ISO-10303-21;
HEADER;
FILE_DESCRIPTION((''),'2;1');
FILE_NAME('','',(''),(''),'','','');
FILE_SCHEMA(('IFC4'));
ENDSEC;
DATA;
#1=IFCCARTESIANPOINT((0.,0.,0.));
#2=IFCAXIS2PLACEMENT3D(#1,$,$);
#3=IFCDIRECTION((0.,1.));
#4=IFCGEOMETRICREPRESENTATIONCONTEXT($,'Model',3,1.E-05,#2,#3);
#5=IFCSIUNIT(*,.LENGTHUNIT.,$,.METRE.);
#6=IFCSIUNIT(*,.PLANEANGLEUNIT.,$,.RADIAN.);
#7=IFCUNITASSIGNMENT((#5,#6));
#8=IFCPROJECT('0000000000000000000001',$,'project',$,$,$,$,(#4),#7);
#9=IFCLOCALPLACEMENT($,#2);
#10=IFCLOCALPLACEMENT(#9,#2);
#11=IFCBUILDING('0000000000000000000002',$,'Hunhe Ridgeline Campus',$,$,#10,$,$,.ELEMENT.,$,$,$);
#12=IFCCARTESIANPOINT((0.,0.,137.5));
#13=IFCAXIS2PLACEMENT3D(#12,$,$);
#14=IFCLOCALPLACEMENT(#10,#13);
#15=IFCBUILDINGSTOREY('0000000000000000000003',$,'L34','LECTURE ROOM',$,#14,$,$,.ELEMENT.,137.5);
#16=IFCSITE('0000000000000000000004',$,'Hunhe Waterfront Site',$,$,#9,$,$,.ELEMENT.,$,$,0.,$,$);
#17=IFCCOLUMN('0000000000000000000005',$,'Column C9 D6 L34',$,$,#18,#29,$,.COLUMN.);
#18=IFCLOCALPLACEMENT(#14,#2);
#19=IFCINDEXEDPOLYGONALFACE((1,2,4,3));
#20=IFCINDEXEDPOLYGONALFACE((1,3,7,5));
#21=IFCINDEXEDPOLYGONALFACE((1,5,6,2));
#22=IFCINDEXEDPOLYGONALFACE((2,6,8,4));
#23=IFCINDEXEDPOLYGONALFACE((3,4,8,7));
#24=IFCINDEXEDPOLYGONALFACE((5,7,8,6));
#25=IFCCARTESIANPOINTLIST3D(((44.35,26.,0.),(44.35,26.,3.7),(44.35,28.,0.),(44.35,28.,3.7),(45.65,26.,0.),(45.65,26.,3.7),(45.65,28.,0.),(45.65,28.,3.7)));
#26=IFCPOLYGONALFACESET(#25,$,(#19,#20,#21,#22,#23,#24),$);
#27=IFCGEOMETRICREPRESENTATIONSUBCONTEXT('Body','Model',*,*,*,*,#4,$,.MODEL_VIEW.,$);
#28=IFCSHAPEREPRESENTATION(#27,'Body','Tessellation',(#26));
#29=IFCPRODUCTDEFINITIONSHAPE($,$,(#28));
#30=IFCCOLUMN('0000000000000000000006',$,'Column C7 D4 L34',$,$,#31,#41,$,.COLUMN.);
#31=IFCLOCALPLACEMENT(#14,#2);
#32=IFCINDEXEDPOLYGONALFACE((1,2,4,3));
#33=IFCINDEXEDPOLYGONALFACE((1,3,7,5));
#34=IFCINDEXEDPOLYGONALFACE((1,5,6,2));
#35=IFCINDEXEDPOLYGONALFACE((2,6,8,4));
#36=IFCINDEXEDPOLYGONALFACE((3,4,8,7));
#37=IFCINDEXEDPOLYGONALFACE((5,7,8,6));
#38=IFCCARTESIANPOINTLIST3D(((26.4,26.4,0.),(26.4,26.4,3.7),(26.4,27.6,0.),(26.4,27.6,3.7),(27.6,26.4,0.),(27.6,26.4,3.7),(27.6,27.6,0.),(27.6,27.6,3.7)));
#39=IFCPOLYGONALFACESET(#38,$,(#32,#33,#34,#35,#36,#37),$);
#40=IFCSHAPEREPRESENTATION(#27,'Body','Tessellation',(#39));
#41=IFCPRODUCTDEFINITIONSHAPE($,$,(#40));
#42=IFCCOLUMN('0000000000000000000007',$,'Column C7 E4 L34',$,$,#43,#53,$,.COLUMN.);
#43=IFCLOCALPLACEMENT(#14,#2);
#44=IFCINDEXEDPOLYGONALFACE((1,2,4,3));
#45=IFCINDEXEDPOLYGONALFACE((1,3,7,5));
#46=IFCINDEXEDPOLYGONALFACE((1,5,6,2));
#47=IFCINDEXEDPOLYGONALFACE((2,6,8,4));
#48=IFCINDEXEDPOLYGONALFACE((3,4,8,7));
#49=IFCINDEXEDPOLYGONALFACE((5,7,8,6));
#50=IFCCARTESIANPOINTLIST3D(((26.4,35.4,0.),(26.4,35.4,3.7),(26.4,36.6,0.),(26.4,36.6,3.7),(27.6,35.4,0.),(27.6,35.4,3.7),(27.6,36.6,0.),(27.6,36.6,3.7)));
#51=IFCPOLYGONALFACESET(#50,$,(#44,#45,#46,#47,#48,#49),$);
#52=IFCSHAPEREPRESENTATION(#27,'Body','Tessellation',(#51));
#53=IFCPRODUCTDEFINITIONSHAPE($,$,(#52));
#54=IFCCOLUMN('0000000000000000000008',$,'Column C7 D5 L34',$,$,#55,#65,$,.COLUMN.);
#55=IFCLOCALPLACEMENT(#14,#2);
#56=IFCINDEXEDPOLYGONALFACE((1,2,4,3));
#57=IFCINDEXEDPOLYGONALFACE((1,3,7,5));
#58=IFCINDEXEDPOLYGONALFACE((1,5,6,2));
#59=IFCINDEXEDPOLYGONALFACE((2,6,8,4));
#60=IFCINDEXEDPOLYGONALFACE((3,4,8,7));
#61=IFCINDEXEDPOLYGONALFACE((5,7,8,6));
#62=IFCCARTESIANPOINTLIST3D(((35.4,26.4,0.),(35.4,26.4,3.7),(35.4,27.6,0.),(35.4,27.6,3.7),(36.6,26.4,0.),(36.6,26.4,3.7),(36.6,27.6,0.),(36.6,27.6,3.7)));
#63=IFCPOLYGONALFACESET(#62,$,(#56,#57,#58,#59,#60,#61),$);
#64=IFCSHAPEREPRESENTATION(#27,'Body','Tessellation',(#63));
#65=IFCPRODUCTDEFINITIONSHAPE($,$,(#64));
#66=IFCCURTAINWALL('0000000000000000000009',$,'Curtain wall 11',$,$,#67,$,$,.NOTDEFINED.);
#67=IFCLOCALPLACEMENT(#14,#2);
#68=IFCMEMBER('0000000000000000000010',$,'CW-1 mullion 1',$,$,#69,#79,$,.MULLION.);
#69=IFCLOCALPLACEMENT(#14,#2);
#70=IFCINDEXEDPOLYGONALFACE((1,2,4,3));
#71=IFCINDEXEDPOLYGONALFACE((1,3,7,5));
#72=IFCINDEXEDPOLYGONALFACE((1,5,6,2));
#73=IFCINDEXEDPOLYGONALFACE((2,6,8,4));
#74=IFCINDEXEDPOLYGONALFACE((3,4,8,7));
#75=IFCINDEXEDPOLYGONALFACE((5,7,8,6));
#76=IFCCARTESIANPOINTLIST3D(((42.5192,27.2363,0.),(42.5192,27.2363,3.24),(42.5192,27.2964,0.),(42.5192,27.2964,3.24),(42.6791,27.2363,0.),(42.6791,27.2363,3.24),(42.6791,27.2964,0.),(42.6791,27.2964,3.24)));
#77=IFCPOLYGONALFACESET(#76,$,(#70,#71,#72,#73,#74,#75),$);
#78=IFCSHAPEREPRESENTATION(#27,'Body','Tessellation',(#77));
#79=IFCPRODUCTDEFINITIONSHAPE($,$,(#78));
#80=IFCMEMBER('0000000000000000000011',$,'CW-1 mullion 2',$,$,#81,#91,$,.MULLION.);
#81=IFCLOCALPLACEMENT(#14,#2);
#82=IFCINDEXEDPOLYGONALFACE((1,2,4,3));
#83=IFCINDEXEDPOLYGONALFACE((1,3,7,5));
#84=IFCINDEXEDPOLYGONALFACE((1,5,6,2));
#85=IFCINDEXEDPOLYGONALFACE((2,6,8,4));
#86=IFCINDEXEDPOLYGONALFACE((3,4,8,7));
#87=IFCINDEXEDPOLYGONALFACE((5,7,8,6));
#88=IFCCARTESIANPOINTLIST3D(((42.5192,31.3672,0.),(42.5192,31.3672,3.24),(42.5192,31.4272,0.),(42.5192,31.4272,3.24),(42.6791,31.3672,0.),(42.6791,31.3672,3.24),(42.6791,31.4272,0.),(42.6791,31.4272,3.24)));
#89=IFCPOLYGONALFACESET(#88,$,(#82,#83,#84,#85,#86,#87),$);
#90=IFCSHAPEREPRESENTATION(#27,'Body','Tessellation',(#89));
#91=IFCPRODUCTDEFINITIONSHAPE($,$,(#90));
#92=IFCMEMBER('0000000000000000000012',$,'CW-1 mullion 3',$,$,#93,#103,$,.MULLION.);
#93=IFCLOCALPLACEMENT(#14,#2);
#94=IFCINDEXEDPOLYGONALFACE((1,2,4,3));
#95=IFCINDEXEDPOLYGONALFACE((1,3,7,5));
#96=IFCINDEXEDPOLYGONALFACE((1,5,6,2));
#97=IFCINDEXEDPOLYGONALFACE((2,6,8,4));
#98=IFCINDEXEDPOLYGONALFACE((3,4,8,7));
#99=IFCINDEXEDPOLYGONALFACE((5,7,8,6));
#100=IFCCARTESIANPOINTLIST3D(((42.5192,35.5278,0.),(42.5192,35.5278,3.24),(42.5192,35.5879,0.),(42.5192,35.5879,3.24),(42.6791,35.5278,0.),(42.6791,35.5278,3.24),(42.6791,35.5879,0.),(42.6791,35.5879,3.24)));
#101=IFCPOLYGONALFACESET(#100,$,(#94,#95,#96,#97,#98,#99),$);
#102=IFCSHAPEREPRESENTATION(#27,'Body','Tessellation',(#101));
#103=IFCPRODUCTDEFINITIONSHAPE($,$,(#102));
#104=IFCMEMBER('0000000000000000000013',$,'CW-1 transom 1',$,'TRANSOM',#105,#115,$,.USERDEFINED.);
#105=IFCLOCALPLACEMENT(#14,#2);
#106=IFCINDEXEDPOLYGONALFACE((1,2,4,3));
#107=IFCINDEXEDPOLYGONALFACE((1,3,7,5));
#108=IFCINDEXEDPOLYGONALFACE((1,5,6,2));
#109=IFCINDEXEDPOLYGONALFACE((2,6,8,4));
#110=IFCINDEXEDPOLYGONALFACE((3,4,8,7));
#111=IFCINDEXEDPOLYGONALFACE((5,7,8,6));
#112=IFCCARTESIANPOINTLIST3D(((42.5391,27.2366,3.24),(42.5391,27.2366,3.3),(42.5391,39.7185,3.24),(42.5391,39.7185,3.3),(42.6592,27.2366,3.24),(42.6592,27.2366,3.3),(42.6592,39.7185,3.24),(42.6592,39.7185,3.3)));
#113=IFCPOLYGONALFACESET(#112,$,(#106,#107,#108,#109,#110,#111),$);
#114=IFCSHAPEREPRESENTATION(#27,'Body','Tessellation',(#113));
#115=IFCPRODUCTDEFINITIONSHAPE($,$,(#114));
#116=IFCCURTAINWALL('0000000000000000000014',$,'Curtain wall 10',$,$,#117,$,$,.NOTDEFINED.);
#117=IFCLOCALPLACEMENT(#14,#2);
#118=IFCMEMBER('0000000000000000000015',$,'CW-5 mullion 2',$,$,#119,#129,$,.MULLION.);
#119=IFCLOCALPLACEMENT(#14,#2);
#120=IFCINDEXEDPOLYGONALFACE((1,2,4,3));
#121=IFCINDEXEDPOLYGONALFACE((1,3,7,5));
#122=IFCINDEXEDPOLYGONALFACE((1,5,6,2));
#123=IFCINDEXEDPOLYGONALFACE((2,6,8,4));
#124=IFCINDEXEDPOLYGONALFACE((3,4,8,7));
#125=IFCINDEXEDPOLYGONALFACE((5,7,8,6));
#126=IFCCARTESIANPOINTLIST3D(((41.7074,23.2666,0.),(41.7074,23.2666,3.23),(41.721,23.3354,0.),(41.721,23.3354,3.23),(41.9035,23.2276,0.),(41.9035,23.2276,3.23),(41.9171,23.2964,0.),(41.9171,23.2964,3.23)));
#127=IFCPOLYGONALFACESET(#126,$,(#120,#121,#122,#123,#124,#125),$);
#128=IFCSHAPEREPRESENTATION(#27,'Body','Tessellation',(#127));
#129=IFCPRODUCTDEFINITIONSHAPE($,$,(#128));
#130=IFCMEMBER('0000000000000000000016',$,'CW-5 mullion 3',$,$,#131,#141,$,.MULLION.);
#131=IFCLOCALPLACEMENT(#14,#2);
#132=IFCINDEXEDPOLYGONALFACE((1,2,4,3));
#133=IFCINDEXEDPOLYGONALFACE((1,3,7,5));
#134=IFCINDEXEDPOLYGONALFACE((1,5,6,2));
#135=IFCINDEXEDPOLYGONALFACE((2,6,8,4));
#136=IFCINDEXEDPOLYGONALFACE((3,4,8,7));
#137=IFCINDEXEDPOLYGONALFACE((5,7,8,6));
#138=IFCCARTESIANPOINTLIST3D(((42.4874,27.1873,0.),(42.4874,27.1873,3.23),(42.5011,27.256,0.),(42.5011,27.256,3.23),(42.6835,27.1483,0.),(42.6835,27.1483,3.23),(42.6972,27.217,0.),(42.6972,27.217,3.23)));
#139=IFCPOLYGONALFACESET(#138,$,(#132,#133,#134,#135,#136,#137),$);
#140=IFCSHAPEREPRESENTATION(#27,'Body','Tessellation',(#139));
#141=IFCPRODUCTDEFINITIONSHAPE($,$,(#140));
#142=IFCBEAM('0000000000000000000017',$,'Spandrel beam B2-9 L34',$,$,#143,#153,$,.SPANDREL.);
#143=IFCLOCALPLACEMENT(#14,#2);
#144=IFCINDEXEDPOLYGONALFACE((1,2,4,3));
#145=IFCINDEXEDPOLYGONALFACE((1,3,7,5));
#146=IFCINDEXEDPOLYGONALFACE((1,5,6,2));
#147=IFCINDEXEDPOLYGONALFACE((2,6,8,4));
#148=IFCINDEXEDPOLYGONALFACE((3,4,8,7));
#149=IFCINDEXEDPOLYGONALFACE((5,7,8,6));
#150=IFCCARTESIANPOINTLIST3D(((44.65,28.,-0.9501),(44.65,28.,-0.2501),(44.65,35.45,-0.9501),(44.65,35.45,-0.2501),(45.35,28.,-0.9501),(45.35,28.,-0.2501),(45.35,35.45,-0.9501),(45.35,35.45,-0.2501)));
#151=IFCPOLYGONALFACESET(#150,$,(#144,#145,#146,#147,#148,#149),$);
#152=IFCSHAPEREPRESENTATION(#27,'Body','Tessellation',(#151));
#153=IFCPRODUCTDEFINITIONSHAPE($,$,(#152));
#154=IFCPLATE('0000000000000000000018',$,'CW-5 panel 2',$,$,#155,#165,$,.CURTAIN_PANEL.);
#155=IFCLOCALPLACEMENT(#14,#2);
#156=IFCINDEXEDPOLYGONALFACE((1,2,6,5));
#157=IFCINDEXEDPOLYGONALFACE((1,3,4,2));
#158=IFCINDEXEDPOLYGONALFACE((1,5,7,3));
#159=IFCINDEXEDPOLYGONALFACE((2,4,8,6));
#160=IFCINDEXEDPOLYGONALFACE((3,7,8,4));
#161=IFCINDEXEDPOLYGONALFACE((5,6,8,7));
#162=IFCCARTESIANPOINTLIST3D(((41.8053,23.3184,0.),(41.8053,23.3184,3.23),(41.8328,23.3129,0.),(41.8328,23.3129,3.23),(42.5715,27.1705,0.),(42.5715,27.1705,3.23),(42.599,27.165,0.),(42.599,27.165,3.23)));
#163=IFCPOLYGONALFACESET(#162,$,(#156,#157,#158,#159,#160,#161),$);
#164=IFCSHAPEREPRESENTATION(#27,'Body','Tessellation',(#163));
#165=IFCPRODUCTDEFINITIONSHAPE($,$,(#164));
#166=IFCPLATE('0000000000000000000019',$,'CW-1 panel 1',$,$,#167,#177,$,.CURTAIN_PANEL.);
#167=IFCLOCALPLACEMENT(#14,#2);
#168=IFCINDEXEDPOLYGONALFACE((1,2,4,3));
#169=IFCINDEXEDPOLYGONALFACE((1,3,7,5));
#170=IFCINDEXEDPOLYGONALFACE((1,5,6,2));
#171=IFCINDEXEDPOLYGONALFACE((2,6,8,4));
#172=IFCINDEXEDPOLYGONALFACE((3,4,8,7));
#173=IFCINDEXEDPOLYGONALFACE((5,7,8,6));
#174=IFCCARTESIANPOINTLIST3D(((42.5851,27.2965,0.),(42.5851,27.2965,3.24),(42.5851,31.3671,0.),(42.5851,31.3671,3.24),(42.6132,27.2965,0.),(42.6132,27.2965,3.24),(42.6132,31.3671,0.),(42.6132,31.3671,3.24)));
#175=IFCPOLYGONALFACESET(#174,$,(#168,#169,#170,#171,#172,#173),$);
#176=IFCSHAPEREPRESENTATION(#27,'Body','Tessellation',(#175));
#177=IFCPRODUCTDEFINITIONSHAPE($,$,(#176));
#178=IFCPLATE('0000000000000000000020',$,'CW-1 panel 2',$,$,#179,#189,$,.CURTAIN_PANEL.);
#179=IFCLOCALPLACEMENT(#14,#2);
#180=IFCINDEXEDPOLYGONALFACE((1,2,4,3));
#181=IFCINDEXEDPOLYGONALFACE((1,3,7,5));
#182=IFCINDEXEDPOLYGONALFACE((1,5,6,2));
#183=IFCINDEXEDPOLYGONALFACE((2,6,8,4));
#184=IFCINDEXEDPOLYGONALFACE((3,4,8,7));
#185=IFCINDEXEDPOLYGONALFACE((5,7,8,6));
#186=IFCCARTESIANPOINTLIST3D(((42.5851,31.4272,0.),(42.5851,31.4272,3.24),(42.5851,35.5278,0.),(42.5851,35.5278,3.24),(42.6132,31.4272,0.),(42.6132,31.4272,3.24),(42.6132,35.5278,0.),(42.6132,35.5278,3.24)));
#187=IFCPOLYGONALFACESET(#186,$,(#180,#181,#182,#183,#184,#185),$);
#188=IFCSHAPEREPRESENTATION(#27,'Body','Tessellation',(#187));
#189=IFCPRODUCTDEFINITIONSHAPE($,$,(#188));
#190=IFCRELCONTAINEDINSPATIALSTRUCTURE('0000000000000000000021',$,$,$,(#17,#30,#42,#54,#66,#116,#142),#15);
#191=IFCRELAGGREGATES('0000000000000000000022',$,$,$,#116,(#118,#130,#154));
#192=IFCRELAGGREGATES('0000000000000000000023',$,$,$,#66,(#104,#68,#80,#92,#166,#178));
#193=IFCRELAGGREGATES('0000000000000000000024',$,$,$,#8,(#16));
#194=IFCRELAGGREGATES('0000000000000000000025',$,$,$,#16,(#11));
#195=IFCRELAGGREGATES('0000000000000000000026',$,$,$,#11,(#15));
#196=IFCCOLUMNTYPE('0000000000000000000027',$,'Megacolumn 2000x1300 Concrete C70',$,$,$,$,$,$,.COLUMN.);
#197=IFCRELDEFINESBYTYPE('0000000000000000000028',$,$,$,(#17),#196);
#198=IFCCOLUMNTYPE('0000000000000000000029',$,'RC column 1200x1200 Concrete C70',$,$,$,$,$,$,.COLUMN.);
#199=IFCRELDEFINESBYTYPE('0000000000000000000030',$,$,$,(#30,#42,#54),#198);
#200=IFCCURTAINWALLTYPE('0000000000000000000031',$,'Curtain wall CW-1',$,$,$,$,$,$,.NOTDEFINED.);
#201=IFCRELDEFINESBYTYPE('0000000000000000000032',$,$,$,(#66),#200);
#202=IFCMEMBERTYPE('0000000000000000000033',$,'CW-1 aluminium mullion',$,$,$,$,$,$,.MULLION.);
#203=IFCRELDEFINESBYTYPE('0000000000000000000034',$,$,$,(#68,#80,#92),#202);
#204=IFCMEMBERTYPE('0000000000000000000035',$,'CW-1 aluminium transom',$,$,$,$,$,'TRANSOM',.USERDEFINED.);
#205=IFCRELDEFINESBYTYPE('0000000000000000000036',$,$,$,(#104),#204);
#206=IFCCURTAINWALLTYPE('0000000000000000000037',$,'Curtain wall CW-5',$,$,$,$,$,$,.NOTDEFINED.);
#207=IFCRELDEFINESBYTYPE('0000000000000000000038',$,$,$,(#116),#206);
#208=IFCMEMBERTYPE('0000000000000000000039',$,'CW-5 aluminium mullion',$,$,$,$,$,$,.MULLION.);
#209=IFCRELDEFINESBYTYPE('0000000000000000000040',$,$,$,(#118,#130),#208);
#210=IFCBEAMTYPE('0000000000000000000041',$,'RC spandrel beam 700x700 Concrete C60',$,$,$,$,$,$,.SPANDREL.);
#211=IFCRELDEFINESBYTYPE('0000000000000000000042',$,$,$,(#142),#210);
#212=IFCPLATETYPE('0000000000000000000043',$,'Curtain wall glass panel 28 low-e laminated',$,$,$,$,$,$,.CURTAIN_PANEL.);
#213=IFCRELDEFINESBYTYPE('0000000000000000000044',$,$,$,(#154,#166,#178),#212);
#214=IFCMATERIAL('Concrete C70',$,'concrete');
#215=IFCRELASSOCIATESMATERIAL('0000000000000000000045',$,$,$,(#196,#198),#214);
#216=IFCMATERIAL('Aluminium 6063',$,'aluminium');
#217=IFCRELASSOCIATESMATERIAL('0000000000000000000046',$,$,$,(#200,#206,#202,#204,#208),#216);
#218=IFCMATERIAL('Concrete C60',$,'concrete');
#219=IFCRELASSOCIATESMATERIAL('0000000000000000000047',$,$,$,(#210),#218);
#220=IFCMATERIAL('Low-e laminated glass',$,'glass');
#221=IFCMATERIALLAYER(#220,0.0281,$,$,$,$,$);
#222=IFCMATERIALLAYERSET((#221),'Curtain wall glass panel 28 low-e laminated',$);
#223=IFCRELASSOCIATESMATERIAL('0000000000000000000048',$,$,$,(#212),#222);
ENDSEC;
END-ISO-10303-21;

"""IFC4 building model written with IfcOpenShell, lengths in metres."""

from ifc_helpers import new_model, si_unit, direction, frame, origin, origin_2d, place, context, subcontext, project, spatial, rectangle, extrude, material, layer, layer_set, material_profile, profile_set, type_object, element, aggregate, save


model = new_model("IFC4")

# Units and contexts
model_context = context("Model", 3, precision=1e-05, world=origin(), true_north=direction((0.0, 1.0)))
body_context = subcontext(model_context, "Body", "Model", "MODEL_VIEW")
ifc_project = project(units=[si_unit("LENGTHUNIT", "METRE"), si_unit("PLANEANGLEUNIT", "RADIAN")], contexts=[model_context])

# Site, building, storey
site_placement = place(None, origin())
site = spatial("IfcSite", under=ifc_project, at=site_placement, Name="Hunhe Waterfront Site", CompositionType="ELEMENT", RefElevation=0.0)
building_placement = place(site_placement, origin())
building = spatial("IfcBuilding", under=site, at=building_placement, Name="Hunhe Ridgeline Campus", CompositionType="ELEMENT")
storey_placement = place(building_placement, frame((0.0, 0.0, 137.5)))
storey = spatial("IfcBuildingStorey", under=building, at=storey_placement, Name="L34", Description="LECTURE ROOM", CompositionType="ELEMENT", Elevation=137.5)

# Columns
ifc_material_1 = material(Name="Concrete C70", Category="concrete")
ifc_material_profile_1 = material_profile(ifc_material_1, rectangle(XDim=2.0, YDim=1.3, at=origin_2d()))
ifc_profile_set_1 = profile_set([ifc_material_profile_1], Name="Concrete C70")
column_type_1 = type_object("IfcColumnType", Name="Megacolumn 2000x1300 Concrete C70", PredefinedType="COLUMN", material=ifc_profile_set_1)
column_placement = place(storey_placement, frame((45.0, 27.0, 0.0), z_axis=(0.0, 0.0, 1.0), x_axis=(0.0, 1.0, 0.0)))
element("IfcColumn", 1, at=column_placement, inside=storey, type_object=column_type_1, Name="Column C9 D6 L34", PredefinedType="COLUMN", context=body_context, shape_type="SweptSolid", body=[
    extrude(rectangle(XDim=2.0, YDim=1.3, at=origin_2d()), origin(), (0.0, 0.0, 1.0), 3.7),
])
ifc_material_profile_2 = material_profile(ifc_material_1, rectangle(XDim=1.2, YDim=1.2, at=origin_2d()))
ifc_profile_set_2 = profile_set([ifc_material_profile_2], Name="Concrete C70")
column_type_2 = type_object("IfcColumnType", Name="RC column 1200x1200 Concrete C70", PredefinedType="COLUMN", material=ifc_profile_set_2)
for number, where, z_axis, x_axis, name in (
    (2, (27.0, 27.0, 0.0), (0.0, 0.0, 1.0), (1.0, 0.0, 0.0), "Column C7 D4 L34"),
    (3, (27.0, 36.0, 0.0), (0.0, 0.0, 1.0), (1.0, 0.0, 0.0), "Column C7 E4 L34"),
    (4, (36.0, 27.0, 0.0), (0.0, 0.0, 1.0), (1.0, 0.0, 0.0), "Column C7 D5 L34"),
):
    element("IfcColumn", number, at=place(storey_placement, frame(where, z_axis=z_axis, x_axis=x_axis)), inside=storey, type_object=column_type_2, Name=name, PredefinedType="COLUMN", context=body_context, shape_type="SweptSolid", body=[
        extrude(rectangle(XDim=1.2, YDim=1.2, at=origin_2d()), origin(), (0.0, 0.0, 1.0), 3.7),
    ])

# Curtain walls, members
ifc_material_2 = material(Name="Aluminium 6063", Category="aluminium")
curtain_wall_type_1 = type_object("IfcCurtainWallType", Name="Curtain wall CW-1", PredefinedType="NOTDEFINED", material=ifc_material_2)
curtain_wall_1_placement = place(storey_placement, origin())
curtain_wall_1 = element("IfcCurtainWall", 5, at=curtain_wall_1_placement, inside=storey, type_object=curtain_wall_type_1, Name="Curtain wall 11", PredefinedType="NOTDEFINED")
ifc_material_profile_3 = material_profile(ifc_material_2, rectangle(XDim=0.1599, YDim=0.0601, at=origin_2d()))
ifc_profile_set_3 = profile_set([ifc_material_profile_3], Name="Aluminium 6063")
member_type_1 = type_object("IfcMemberType", Name="CW-1 aluminium mullion", PredefinedType="MULLION", material=ifc_profile_set_3)
member_1_placement = place(storey_placement, frame((42.5991, 27.2664, 0.0), z_axis=(0.0, 0.0, 1.0), x_axis=(-1.0, 0.000004, 0.0)))
member_1 = element("IfcMember", 6, at=member_1_placement, type_object=member_type_1, Name="CW-1 mullion 1", PredefinedType="MULLION", context=body_context, shape_type="SweptSolid", body=[
    extrude(rectangle(XDim=0.1599, YDim=0.0601, at=origin_2d()), origin(), (0.0, 0.0, 1.0), 3.24),
])
member_2_placement = place(storey_placement, frame((42.5991, 31.3972, 0.0), z_axis=(0.0, 0.0, 1.0), x_axis=(-1.0, 0.000004, 0.0)))
member_2 = element("IfcMember", 7, at=member_2_placement, type_object=member_type_1, Name="CW-1 mullion 2", PredefinedType="MULLION", context=body_context, shape_type="SweptSolid", body=[
    extrude(rectangle(XDim=0.1599, YDim=0.0601, at=origin_2d()), origin(), (0.0, 0.0, 1.0), 3.24),
])
member_3_placement = place(storey_placement, frame((42.5991, 35.5579, 0.0), z_axis=(0.0, 0.0, 1.0), x_axis=(-1.0, 0.000004, 0.0)))
member_3 = element("IfcMember", 8, at=member_3_placement, type_object=member_type_1, Name="CW-1 mullion 3", PredefinedType="MULLION", context=body_context, shape_type="SweptSolid", body=[
    extrude(rectangle(XDim=0.1599, YDim=0.0601, at=origin_2d()), origin(), (0.0, 0.0, 1.0), 3.24),
])
ifc_material_profile_4 = material_profile(ifc_material_2, rectangle(XDim=0.1201, YDim=0.0601, at=origin_2d()))
ifc_profile_set_4 = profile_set([ifc_material_profile_4], Name="Aluminium 6063")
member_type_2 = type_object("IfcMemberType", Name="CW-1 aluminium transom", ElementType="TRANSOM", PredefinedType="USERDEFINED", material=ifc_profile_set_4)
member_4_placement = place(storey_placement, frame((42.5991, 27.2366, 3.27), z_axis=(0.0, 1.0, 0.0), x_axis=(-1.0, 0.0, 0.0)))
member_4 = element("IfcMember", 9, at=member_4_placement, type_object=member_type_2, Name="CW-1 transom 1", ObjectType="TRANSOM", PredefinedType="USERDEFINED", context=body_context, shape_type="SweptSolid", body=[
    extrude(rectangle(XDim=0.1201, YDim=0.0601, at=origin_2d()), origin(), (0.0, 0.0, 1.0), 12.4819),
])
curtain_wall_type_2 = type_object("IfcCurtainWallType", Name="Curtain wall CW-5", PredefinedType="NOTDEFINED", material=ifc_material_2)
curtain_wall_2_placement = place(storey_placement, origin())
curtain_wall_2 = element("IfcCurtainWall", 10, at=curtain_wall_2_placement, inside=storey, type_object=curtain_wall_type_2, Name="Curtain wall 10", PredefinedType="NOTDEFINED")
ifc_material_profile_5 = material_profile(ifc_material_2, rectangle(XDim=0.2, YDim=0.0701, at=origin_2d()))
ifc_profile_set_5 = profile_set([ifc_material_profile_5], Name="Aluminium 6063")
member_type_3 = type_object("IfcMemberType", Name="CW-5 aluminium mullion", PredefinedType="MULLION", material=ifc_profile_set_5)
member_5_placement = place(storey_placement, frame((41.8123, 23.2815, 0.0), z_axis=(0.0, 0.0, 1.0), x_axis=(-0.980785, 0.19509, 0.0)))
member_5 = element("IfcMember", 11, at=member_5_placement, type_object=member_type_3, Name="CW-5 mullion 2", PredefinedType="MULLION", context=body_context, shape_type="SweptSolid", body=[
    extrude(rectangle(XDim=0.2, YDim=0.0701, at=origin_2d()), origin(), (0.0, 0.0, 1.0), 3.23),
])
member_6_placement = place(storey_placement, frame((42.5923, 27.2021, 0.0), z_axis=(0.0, 0.0, 1.0), x_axis=(-0.980785, 0.19509, 0.0)))
member_6 = element("IfcMember", 12, at=member_6_placement, type_object=member_type_3, Name="CW-5 mullion 3", PredefinedType="MULLION", context=body_context, shape_type="SweptSolid", body=[
    extrude(rectangle(XDim=0.2, YDim=0.0701, at=origin_2d()), origin(), (0.0, 0.0, 1.0), 3.23),
])

# Beam
ifc_material_3 = material(Name="Concrete C60", Category="concrete")
ifc_material_profile_6 = material_profile(ifc_material_3, rectangle(XDim=0.7, YDim=0.7, at=origin_2d()))
ifc_profile_set_6 = profile_set([ifc_material_profile_6], Name="Concrete C60")
beam_type = type_object("IfcBeamType", Name="RC spandrel beam 700x700 Concrete C60", PredefinedType="SPANDREL", material=ifc_profile_set_6)
beam_placement = place(storey_placement, frame((45.0, 28.0, -0.6001), z_axis=(0.0, 1.0, 0.0), x_axis=(-1.0, 0.0, 0.0)))
element("IfcBeam", 13, at=beam_placement, inside=storey, type_object=beam_type, Name="Spandrel beam B2-9 L34", PredefinedType="SPANDREL", context=body_context, shape_type="SweptSolid", body=[
    extrude(rectangle(XDim=0.7, YDim=0.7, at=origin_2d()), origin(), (0.0, 0.0, 1.0), 7.45),
])

# Plates
ifc_material_4 = material(Name="Low-e laminated glass", Category="glass")
ifc_layer_1 = layer(ifc_material_4, 0.0281)
ifc_layer_set_1 = layer_set([ifc_layer_1], Name="Curtain wall glass panel 28 low-e laminated")
plate_type = type_object("IfcPlateType", Name="Curtain wall glass panel 28 low-e laminated", PredefinedType="CURTAIN_PANEL", material=ifc_layer_set_1)
plate_1_placement = place(storey_placement, frame((42.2021, 25.2417, 0.0), z_axis=(0.0, 0.0, 1.0), x_axis=(0.19509, 0.980785, 0.0)))
plate_1 = element("IfcPlate", 14, at=plate_1_placement, type_object=plate_type, Name="CW-5 panel 2", PredefinedType="CURTAIN_PANEL", context=body_context, shape_type="SweptSolid", body=[
    extrude(rectangle(XDim=3.9275, YDim=0.0281, at=origin_2d()), origin(), (0.0, 0.0, 1.0), 3.23),
])
aggregate(curtain_wall_2, [member_5, member_6, plate_1])
plate_2_placement = place(storey_placement, frame((42.5991, 29.3318, 0.0), z_axis=(0.0, 0.0, 1.0), x_axis=(0.000004, 1.0, 0.0)))
plate_2 = element("IfcPlate", 15, at=plate_2_placement, type_object=plate_type, Name="CW-1 panel 1", PredefinedType="CURTAIN_PANEL", context=body_context, shape_type="SweptSolid", body=[
    extrude(rectangle(XDim=4.0706, YDim=0.0281, at=origin_2d()), origin(), (0.0, 0.0, 1.0), 3.24),
])
plate_3_placement = place(storey_placement, frame((42.5991, 33.4775, 0.0), z_axis=(0.0, 0.0, 1.0), x_axis=(0.000004, 1.0, 0.0)))
plate_3 = element("IfcPlate", 16, at=plate_3_placement, type_object=plate_type, Name="CW-1 panel 2", PredefinedType="CURTAIN_PANEL", context=body_context, shape_type="SweptSolid", body=[
    extrude(rectangle(XDim=4.1006, YDim=0.0281, at=origin_2d()), origin(), (0.0, 0.0, 1.0), 3.24),
])
aggregate(curtain_wall_1, [member_4, member_1, member_2, member_3, plate_2, plate_3])

save(model, "model.ifc")
